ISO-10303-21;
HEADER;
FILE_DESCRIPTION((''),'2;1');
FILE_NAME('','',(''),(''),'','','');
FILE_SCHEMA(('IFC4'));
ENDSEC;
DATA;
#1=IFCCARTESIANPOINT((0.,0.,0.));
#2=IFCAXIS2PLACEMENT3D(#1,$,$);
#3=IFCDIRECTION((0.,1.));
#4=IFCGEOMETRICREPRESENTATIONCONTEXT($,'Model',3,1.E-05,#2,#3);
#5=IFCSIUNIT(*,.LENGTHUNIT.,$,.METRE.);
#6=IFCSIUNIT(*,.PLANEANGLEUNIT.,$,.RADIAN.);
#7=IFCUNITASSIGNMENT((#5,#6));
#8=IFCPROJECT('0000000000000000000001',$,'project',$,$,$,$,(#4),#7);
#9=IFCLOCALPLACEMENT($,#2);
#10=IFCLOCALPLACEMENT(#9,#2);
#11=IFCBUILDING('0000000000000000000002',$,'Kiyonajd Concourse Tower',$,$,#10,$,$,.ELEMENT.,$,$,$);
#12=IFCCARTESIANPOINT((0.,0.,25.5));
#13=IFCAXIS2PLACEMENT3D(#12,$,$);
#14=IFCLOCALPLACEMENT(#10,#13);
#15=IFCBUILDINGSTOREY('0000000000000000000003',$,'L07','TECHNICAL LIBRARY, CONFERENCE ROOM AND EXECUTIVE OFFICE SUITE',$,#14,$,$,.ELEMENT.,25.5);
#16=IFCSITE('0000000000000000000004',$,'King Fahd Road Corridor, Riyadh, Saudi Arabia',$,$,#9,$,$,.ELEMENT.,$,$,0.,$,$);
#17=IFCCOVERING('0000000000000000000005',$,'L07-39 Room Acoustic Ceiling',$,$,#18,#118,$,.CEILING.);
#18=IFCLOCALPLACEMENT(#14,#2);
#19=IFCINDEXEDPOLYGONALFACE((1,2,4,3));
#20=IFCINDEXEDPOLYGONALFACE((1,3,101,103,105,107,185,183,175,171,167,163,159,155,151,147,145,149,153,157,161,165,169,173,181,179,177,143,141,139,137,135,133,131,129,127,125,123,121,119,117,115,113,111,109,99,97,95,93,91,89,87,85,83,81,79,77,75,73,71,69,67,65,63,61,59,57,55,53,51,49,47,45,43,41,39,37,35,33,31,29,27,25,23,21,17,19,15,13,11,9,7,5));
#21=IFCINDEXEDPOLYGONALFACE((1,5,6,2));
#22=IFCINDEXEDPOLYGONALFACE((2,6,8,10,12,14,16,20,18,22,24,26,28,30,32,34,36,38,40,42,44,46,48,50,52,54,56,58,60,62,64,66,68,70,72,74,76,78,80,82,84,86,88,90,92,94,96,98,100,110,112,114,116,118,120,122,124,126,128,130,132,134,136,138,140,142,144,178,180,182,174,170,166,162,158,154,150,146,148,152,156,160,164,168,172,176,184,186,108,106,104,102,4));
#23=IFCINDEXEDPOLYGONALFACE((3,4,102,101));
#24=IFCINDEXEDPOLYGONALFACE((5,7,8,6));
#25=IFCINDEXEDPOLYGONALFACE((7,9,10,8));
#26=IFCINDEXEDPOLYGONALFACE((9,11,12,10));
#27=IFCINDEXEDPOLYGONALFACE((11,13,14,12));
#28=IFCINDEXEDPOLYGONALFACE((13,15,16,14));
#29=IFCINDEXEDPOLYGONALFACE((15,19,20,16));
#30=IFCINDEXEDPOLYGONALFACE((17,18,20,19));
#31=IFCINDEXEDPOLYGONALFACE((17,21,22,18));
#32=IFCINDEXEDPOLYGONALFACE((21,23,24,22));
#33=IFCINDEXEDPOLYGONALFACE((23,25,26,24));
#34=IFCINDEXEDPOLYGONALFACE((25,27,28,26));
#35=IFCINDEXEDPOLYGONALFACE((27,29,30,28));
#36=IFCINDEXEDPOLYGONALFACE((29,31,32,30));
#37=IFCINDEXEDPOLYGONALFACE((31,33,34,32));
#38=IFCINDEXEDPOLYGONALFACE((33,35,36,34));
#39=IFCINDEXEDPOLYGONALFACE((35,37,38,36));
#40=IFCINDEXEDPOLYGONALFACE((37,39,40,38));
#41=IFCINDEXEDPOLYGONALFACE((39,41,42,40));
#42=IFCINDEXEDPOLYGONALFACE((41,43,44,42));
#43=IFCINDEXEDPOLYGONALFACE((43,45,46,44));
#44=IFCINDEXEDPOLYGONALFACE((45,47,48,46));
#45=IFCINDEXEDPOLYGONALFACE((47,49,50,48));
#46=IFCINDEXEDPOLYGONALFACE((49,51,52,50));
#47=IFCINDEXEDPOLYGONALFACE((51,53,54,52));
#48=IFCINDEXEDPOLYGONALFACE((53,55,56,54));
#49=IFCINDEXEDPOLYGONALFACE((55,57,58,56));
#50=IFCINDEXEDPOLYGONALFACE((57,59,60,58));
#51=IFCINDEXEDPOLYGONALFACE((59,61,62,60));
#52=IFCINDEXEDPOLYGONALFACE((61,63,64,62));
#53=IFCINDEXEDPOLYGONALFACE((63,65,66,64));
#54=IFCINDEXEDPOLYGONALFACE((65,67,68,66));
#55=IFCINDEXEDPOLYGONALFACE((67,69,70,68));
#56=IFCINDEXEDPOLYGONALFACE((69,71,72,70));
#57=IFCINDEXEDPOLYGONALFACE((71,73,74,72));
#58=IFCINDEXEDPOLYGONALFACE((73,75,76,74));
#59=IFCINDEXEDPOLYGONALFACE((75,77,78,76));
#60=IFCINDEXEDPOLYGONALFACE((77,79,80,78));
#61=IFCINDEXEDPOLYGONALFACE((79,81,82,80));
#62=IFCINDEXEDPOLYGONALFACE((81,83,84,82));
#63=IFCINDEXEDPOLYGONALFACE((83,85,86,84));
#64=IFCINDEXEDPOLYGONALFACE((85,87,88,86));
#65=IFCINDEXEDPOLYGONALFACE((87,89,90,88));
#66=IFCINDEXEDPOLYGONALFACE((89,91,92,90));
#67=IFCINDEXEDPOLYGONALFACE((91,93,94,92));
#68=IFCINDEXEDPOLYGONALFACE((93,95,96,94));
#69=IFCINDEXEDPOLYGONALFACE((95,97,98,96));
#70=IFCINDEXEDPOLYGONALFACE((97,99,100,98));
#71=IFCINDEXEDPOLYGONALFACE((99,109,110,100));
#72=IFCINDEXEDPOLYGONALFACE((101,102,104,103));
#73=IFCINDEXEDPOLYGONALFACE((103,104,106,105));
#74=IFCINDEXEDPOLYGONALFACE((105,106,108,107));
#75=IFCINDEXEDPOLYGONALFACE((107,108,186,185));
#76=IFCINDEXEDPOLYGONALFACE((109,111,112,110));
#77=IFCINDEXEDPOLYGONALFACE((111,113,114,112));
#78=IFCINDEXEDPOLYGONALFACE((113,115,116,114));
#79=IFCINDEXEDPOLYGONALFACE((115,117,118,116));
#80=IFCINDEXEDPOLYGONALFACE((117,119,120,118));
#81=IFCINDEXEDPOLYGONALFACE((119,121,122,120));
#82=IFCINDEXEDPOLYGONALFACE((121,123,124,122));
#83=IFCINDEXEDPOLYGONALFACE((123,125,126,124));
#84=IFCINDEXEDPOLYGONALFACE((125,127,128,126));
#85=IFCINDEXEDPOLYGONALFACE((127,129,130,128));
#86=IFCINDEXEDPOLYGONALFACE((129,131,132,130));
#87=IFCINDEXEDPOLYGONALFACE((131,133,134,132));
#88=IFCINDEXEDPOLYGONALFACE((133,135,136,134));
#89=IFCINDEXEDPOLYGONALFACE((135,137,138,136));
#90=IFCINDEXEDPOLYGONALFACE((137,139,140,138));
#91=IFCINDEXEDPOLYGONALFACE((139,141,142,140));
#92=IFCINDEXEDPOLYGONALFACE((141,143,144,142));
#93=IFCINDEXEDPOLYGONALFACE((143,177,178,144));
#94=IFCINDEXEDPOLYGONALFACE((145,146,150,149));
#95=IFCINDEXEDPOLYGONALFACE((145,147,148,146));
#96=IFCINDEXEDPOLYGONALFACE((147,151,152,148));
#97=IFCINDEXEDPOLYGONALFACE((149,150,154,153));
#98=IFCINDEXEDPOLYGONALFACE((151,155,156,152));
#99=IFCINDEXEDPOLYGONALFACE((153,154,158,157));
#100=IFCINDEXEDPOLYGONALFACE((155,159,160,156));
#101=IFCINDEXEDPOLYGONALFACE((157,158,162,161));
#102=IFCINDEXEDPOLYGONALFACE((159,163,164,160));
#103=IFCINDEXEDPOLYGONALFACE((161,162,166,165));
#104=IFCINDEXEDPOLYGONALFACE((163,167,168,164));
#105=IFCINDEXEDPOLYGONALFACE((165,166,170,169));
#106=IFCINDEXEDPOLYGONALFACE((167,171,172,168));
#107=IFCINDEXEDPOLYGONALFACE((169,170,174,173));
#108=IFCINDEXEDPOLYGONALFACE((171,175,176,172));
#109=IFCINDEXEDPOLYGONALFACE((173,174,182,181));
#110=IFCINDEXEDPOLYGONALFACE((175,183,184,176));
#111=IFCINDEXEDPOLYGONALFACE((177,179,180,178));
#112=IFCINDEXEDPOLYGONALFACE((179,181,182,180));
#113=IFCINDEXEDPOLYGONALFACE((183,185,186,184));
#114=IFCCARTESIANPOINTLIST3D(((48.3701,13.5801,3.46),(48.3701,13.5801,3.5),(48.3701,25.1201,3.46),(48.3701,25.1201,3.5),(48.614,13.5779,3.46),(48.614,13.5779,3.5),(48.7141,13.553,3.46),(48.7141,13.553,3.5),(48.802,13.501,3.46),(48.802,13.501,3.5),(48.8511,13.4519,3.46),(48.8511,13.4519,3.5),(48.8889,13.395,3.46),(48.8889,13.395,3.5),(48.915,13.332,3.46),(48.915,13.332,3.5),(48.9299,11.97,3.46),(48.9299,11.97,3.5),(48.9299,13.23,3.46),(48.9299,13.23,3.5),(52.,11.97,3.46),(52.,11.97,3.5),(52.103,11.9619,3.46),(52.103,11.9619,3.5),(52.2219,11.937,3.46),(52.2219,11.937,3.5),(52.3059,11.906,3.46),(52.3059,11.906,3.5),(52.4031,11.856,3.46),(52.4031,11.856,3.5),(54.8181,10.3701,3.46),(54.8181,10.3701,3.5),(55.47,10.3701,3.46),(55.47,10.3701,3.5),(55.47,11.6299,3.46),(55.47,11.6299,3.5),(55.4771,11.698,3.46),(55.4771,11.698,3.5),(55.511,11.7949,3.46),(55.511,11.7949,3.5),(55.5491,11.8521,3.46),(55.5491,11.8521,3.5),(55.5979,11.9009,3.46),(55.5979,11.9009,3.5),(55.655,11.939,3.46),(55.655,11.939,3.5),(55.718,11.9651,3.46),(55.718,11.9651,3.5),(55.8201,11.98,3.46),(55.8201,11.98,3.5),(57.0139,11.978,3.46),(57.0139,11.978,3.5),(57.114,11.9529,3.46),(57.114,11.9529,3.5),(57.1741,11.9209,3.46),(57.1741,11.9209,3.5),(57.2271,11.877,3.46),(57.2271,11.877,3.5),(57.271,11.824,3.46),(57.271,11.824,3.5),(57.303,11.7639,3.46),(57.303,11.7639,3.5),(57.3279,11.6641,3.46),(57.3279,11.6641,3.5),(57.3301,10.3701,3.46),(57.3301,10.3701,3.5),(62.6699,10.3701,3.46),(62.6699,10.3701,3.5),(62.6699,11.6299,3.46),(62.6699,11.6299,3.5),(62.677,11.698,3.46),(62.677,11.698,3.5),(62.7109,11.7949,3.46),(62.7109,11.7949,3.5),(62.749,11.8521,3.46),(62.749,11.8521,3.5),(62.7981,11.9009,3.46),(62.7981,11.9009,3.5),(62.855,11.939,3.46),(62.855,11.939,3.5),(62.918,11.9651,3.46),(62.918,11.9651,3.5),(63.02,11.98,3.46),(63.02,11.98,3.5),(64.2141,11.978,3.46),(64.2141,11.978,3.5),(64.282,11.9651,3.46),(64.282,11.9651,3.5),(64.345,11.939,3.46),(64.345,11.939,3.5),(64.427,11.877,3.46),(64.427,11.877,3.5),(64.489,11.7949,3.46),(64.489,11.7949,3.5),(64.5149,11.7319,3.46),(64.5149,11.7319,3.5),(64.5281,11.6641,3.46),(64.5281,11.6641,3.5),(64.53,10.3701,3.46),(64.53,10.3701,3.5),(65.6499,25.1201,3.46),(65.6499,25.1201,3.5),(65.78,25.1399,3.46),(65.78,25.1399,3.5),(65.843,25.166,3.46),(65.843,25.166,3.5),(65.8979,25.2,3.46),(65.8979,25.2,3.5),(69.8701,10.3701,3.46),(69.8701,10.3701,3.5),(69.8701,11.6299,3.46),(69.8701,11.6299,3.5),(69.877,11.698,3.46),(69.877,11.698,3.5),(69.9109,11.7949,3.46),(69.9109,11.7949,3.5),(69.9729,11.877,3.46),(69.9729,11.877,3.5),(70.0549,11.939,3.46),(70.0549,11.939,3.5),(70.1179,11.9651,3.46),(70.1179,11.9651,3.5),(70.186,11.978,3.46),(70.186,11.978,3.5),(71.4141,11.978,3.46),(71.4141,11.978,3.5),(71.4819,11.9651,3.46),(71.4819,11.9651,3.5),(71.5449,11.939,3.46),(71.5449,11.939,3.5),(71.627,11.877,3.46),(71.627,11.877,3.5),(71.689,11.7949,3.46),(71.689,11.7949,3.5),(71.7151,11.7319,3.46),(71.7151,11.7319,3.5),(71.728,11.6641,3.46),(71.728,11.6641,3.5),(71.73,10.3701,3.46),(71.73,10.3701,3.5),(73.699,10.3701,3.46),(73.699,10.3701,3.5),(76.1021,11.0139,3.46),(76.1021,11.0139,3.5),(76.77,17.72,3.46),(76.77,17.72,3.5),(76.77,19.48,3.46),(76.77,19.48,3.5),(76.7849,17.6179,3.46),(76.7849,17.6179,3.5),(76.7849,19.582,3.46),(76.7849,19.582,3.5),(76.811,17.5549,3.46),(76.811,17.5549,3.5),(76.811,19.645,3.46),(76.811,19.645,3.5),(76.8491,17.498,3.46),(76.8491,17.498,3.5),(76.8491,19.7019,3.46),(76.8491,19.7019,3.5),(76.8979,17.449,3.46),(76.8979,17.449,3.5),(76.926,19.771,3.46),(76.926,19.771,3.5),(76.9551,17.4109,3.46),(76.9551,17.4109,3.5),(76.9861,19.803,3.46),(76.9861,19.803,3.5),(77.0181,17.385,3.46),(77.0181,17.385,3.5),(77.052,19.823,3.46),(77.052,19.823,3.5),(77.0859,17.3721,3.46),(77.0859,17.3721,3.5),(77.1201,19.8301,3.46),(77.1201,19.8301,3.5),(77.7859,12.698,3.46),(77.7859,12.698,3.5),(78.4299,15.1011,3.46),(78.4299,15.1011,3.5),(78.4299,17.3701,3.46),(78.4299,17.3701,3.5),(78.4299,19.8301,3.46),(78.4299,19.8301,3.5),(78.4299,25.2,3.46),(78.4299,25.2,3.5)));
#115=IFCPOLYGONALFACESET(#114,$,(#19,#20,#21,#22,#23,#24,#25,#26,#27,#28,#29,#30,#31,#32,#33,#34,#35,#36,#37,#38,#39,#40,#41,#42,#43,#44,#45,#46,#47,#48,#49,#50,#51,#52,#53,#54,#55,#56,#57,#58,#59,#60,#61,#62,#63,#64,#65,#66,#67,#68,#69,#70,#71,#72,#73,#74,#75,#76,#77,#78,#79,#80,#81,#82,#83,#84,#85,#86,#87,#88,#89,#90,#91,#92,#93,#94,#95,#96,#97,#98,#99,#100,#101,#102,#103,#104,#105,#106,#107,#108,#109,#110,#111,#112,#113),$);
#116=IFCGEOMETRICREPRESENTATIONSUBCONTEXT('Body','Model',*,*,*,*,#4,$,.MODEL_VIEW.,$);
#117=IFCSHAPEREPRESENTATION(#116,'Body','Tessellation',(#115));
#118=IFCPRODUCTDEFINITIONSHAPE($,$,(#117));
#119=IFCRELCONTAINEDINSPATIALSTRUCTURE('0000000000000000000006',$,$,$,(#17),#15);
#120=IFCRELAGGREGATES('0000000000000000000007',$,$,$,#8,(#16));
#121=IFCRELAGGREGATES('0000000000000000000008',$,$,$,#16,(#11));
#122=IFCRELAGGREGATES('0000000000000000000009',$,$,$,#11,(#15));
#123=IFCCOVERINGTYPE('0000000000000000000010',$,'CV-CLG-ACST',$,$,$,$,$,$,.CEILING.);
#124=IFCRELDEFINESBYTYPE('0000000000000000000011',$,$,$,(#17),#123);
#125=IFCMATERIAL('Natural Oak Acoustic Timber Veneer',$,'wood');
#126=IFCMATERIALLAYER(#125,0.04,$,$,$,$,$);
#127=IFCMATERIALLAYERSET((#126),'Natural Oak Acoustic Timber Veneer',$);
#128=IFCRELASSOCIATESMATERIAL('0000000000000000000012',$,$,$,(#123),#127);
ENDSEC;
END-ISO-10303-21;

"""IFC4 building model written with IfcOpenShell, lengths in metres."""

from ifc_helpers import new_model, si_unit, direction, frame, origin, place, context, subcontext, project, spatial, polyline, outline, extrude, material, layer, layer_set, type_object, element, save


model = new_model("IFC4")

# Units and contexts
model_context = context("Model", 3, precision=1e-05, world=origin(), true_north=direction((0.0, 1.0)))
body_context = subcontext(model_context, "Body", "Model", "MODEL_VIEW")
ifc_project = project(units=[si_unit("LENGTHUNIT", "METRE"), si_unit("PLANEANGLEUNIT", "RADIAN")], contexts=[model_context])

# Site, building, storey
site_placement = place(None, origin())
site = spatial("IfcSite", under=ifc_project, at=site_placement, Name="King Fahd Road Corridor, Riyadh, Saudi Arabia", CompositionType="ELEMENT", RefElevation=0.0)
building_placement = place(site_placement, origin())
building = spatial("IfcBuilding", under=site, at=building_placement, Name="Kiyonajd Concourse Tower", CompositionType="ELEMENT")
storey_placement = place(building_placement, frame((0.0, 0.0, 25.5)))
storey = spatial("IfcBuildingStorey", under=building, at=storey_placement, Name="L07", Description="TECHNICAL LIBRARY, CONFERENCE ROOM AND EXECUTIVE OFFICE SUITE", CompositionType="ELEMENT", Elevation=25.5)

# Shared definitions
ifc_material_1 = material(Name="Natural Oak Acoustic Timber Veneer", Category="wood")

# Covering
ifc_layer_1 = layer(ifc_material_1, 0.04)
ifc_layer_set_1 = layer_set([ifc_layer_1], Name="Natural Oak Acoustic Timber Veneer")
covering_type = type_object("IfcCoveringType", Name="CV-CLG-ACST", PredefinedType="CEILING", material=ifc_layer_set_1)
covering_1_placement = place(storey_placement, frame((0.0, 0.0, 3.46)))
element("IfcCovering", 1, at=covering_1_placement, inside=storey, type_object=covering_type, Name="L07-39 Room Acoustic Ceiling", PredefinedType="CEILING", context=body_context, shape_type="SweptSolid", body=[
    extrude(outline(polyline([(65.8979, 25.2), (78.4299, 25.2), (78.4299, 19.8301), (77.1201, 19.8301), (77.052, 19.823), (76.9861, 19.803), (76.926, 19.771), (76.8491, 19.7019), (76.811, 19.645), (76.7849, 19.582), (76.77, 19.48), (76.77, 17.72), (76.7849, 17.6179), (76.811, 17.5549), (76.8491, 17.498), (76.8979, 17.449), (76.9551, 17.4109), (77.0181, 17.385), (77.0859, 17.3721), (78.4299, 17.3701), (78.4299, 15.1011), (77.7859, 12.698), (76.1021, 11.0139), (73.699, 10.3701), (71.73, 10.3701), (71.728, 11.6641), (71.7151, 11.7319), (71.689, 11.7949), (71.627, 11.877), (71.5449, 11.939), (71.4819, 11.9651), (71.4141, 11.978), (70.186, 11.978), (70.1179, 11.9651), (70.0549, 11.939), (69.9729, 11.877), (69.9109, 11.7949), (69.877, 11.698), (69.8701, 11.6299), (69.8701, 10.3701), (64.53, 10.3701), (64.5281, 11.6641), (64.5149, 11.7319), (64.489, 11.7949), (64.427, 11.877), (64.345, 11.939), (64.282, 11.9651), (64.2141, 11.978), (63.02, 11.98), (62.918, 11.9651), (62.855, 11.939), (62.7981, 11.9009), (62.749, 11.8521), (62.7109, 11.7949), (62.677, 11.698), (62.6699, 11.6299), (62.6699, 10.3701), (57.3301, 10.3701), (57.3279, 11.6641), (57.303, 11.7639), (57.271, 11.824), (57.2271, 11.877), (57.1741, 11.9209), (57.114, 11.9529), (57.0139, 11.978), (55.8201, 11.98), (55.718, 11.9651), (55.655, 11.939), (55.5979, 11.9009), (55.5491, 11.8521), (55.511, 11.7949), (55.4771, 11.698), (55.47, 11.6299), (55.47, 10.3701), (54.8181, 10.3701), (52.4031, 11.856), (52.3059, 11.906), (52.2219, 11.937), (52.103, 11.9619), (52.0, 11.97), (48.9299, 11.97), (48.9299, 13.23), (48.915, 13.332), (48.8889, 13.395), (48.8511, 13.4519), (48.802, 13.501), (48.7141, 13.553), (48.614, 13.5779), (48.3701, 13.5801), (48.3701, 25.1201), (65.6499, 25.1201), (65.78, 25.1399), (65.843, 25.166), (65.8979, 25.2)])), origin(), (0.0, 0.0, 1.0), 0.04),
])

save(model, "model.ifc")
